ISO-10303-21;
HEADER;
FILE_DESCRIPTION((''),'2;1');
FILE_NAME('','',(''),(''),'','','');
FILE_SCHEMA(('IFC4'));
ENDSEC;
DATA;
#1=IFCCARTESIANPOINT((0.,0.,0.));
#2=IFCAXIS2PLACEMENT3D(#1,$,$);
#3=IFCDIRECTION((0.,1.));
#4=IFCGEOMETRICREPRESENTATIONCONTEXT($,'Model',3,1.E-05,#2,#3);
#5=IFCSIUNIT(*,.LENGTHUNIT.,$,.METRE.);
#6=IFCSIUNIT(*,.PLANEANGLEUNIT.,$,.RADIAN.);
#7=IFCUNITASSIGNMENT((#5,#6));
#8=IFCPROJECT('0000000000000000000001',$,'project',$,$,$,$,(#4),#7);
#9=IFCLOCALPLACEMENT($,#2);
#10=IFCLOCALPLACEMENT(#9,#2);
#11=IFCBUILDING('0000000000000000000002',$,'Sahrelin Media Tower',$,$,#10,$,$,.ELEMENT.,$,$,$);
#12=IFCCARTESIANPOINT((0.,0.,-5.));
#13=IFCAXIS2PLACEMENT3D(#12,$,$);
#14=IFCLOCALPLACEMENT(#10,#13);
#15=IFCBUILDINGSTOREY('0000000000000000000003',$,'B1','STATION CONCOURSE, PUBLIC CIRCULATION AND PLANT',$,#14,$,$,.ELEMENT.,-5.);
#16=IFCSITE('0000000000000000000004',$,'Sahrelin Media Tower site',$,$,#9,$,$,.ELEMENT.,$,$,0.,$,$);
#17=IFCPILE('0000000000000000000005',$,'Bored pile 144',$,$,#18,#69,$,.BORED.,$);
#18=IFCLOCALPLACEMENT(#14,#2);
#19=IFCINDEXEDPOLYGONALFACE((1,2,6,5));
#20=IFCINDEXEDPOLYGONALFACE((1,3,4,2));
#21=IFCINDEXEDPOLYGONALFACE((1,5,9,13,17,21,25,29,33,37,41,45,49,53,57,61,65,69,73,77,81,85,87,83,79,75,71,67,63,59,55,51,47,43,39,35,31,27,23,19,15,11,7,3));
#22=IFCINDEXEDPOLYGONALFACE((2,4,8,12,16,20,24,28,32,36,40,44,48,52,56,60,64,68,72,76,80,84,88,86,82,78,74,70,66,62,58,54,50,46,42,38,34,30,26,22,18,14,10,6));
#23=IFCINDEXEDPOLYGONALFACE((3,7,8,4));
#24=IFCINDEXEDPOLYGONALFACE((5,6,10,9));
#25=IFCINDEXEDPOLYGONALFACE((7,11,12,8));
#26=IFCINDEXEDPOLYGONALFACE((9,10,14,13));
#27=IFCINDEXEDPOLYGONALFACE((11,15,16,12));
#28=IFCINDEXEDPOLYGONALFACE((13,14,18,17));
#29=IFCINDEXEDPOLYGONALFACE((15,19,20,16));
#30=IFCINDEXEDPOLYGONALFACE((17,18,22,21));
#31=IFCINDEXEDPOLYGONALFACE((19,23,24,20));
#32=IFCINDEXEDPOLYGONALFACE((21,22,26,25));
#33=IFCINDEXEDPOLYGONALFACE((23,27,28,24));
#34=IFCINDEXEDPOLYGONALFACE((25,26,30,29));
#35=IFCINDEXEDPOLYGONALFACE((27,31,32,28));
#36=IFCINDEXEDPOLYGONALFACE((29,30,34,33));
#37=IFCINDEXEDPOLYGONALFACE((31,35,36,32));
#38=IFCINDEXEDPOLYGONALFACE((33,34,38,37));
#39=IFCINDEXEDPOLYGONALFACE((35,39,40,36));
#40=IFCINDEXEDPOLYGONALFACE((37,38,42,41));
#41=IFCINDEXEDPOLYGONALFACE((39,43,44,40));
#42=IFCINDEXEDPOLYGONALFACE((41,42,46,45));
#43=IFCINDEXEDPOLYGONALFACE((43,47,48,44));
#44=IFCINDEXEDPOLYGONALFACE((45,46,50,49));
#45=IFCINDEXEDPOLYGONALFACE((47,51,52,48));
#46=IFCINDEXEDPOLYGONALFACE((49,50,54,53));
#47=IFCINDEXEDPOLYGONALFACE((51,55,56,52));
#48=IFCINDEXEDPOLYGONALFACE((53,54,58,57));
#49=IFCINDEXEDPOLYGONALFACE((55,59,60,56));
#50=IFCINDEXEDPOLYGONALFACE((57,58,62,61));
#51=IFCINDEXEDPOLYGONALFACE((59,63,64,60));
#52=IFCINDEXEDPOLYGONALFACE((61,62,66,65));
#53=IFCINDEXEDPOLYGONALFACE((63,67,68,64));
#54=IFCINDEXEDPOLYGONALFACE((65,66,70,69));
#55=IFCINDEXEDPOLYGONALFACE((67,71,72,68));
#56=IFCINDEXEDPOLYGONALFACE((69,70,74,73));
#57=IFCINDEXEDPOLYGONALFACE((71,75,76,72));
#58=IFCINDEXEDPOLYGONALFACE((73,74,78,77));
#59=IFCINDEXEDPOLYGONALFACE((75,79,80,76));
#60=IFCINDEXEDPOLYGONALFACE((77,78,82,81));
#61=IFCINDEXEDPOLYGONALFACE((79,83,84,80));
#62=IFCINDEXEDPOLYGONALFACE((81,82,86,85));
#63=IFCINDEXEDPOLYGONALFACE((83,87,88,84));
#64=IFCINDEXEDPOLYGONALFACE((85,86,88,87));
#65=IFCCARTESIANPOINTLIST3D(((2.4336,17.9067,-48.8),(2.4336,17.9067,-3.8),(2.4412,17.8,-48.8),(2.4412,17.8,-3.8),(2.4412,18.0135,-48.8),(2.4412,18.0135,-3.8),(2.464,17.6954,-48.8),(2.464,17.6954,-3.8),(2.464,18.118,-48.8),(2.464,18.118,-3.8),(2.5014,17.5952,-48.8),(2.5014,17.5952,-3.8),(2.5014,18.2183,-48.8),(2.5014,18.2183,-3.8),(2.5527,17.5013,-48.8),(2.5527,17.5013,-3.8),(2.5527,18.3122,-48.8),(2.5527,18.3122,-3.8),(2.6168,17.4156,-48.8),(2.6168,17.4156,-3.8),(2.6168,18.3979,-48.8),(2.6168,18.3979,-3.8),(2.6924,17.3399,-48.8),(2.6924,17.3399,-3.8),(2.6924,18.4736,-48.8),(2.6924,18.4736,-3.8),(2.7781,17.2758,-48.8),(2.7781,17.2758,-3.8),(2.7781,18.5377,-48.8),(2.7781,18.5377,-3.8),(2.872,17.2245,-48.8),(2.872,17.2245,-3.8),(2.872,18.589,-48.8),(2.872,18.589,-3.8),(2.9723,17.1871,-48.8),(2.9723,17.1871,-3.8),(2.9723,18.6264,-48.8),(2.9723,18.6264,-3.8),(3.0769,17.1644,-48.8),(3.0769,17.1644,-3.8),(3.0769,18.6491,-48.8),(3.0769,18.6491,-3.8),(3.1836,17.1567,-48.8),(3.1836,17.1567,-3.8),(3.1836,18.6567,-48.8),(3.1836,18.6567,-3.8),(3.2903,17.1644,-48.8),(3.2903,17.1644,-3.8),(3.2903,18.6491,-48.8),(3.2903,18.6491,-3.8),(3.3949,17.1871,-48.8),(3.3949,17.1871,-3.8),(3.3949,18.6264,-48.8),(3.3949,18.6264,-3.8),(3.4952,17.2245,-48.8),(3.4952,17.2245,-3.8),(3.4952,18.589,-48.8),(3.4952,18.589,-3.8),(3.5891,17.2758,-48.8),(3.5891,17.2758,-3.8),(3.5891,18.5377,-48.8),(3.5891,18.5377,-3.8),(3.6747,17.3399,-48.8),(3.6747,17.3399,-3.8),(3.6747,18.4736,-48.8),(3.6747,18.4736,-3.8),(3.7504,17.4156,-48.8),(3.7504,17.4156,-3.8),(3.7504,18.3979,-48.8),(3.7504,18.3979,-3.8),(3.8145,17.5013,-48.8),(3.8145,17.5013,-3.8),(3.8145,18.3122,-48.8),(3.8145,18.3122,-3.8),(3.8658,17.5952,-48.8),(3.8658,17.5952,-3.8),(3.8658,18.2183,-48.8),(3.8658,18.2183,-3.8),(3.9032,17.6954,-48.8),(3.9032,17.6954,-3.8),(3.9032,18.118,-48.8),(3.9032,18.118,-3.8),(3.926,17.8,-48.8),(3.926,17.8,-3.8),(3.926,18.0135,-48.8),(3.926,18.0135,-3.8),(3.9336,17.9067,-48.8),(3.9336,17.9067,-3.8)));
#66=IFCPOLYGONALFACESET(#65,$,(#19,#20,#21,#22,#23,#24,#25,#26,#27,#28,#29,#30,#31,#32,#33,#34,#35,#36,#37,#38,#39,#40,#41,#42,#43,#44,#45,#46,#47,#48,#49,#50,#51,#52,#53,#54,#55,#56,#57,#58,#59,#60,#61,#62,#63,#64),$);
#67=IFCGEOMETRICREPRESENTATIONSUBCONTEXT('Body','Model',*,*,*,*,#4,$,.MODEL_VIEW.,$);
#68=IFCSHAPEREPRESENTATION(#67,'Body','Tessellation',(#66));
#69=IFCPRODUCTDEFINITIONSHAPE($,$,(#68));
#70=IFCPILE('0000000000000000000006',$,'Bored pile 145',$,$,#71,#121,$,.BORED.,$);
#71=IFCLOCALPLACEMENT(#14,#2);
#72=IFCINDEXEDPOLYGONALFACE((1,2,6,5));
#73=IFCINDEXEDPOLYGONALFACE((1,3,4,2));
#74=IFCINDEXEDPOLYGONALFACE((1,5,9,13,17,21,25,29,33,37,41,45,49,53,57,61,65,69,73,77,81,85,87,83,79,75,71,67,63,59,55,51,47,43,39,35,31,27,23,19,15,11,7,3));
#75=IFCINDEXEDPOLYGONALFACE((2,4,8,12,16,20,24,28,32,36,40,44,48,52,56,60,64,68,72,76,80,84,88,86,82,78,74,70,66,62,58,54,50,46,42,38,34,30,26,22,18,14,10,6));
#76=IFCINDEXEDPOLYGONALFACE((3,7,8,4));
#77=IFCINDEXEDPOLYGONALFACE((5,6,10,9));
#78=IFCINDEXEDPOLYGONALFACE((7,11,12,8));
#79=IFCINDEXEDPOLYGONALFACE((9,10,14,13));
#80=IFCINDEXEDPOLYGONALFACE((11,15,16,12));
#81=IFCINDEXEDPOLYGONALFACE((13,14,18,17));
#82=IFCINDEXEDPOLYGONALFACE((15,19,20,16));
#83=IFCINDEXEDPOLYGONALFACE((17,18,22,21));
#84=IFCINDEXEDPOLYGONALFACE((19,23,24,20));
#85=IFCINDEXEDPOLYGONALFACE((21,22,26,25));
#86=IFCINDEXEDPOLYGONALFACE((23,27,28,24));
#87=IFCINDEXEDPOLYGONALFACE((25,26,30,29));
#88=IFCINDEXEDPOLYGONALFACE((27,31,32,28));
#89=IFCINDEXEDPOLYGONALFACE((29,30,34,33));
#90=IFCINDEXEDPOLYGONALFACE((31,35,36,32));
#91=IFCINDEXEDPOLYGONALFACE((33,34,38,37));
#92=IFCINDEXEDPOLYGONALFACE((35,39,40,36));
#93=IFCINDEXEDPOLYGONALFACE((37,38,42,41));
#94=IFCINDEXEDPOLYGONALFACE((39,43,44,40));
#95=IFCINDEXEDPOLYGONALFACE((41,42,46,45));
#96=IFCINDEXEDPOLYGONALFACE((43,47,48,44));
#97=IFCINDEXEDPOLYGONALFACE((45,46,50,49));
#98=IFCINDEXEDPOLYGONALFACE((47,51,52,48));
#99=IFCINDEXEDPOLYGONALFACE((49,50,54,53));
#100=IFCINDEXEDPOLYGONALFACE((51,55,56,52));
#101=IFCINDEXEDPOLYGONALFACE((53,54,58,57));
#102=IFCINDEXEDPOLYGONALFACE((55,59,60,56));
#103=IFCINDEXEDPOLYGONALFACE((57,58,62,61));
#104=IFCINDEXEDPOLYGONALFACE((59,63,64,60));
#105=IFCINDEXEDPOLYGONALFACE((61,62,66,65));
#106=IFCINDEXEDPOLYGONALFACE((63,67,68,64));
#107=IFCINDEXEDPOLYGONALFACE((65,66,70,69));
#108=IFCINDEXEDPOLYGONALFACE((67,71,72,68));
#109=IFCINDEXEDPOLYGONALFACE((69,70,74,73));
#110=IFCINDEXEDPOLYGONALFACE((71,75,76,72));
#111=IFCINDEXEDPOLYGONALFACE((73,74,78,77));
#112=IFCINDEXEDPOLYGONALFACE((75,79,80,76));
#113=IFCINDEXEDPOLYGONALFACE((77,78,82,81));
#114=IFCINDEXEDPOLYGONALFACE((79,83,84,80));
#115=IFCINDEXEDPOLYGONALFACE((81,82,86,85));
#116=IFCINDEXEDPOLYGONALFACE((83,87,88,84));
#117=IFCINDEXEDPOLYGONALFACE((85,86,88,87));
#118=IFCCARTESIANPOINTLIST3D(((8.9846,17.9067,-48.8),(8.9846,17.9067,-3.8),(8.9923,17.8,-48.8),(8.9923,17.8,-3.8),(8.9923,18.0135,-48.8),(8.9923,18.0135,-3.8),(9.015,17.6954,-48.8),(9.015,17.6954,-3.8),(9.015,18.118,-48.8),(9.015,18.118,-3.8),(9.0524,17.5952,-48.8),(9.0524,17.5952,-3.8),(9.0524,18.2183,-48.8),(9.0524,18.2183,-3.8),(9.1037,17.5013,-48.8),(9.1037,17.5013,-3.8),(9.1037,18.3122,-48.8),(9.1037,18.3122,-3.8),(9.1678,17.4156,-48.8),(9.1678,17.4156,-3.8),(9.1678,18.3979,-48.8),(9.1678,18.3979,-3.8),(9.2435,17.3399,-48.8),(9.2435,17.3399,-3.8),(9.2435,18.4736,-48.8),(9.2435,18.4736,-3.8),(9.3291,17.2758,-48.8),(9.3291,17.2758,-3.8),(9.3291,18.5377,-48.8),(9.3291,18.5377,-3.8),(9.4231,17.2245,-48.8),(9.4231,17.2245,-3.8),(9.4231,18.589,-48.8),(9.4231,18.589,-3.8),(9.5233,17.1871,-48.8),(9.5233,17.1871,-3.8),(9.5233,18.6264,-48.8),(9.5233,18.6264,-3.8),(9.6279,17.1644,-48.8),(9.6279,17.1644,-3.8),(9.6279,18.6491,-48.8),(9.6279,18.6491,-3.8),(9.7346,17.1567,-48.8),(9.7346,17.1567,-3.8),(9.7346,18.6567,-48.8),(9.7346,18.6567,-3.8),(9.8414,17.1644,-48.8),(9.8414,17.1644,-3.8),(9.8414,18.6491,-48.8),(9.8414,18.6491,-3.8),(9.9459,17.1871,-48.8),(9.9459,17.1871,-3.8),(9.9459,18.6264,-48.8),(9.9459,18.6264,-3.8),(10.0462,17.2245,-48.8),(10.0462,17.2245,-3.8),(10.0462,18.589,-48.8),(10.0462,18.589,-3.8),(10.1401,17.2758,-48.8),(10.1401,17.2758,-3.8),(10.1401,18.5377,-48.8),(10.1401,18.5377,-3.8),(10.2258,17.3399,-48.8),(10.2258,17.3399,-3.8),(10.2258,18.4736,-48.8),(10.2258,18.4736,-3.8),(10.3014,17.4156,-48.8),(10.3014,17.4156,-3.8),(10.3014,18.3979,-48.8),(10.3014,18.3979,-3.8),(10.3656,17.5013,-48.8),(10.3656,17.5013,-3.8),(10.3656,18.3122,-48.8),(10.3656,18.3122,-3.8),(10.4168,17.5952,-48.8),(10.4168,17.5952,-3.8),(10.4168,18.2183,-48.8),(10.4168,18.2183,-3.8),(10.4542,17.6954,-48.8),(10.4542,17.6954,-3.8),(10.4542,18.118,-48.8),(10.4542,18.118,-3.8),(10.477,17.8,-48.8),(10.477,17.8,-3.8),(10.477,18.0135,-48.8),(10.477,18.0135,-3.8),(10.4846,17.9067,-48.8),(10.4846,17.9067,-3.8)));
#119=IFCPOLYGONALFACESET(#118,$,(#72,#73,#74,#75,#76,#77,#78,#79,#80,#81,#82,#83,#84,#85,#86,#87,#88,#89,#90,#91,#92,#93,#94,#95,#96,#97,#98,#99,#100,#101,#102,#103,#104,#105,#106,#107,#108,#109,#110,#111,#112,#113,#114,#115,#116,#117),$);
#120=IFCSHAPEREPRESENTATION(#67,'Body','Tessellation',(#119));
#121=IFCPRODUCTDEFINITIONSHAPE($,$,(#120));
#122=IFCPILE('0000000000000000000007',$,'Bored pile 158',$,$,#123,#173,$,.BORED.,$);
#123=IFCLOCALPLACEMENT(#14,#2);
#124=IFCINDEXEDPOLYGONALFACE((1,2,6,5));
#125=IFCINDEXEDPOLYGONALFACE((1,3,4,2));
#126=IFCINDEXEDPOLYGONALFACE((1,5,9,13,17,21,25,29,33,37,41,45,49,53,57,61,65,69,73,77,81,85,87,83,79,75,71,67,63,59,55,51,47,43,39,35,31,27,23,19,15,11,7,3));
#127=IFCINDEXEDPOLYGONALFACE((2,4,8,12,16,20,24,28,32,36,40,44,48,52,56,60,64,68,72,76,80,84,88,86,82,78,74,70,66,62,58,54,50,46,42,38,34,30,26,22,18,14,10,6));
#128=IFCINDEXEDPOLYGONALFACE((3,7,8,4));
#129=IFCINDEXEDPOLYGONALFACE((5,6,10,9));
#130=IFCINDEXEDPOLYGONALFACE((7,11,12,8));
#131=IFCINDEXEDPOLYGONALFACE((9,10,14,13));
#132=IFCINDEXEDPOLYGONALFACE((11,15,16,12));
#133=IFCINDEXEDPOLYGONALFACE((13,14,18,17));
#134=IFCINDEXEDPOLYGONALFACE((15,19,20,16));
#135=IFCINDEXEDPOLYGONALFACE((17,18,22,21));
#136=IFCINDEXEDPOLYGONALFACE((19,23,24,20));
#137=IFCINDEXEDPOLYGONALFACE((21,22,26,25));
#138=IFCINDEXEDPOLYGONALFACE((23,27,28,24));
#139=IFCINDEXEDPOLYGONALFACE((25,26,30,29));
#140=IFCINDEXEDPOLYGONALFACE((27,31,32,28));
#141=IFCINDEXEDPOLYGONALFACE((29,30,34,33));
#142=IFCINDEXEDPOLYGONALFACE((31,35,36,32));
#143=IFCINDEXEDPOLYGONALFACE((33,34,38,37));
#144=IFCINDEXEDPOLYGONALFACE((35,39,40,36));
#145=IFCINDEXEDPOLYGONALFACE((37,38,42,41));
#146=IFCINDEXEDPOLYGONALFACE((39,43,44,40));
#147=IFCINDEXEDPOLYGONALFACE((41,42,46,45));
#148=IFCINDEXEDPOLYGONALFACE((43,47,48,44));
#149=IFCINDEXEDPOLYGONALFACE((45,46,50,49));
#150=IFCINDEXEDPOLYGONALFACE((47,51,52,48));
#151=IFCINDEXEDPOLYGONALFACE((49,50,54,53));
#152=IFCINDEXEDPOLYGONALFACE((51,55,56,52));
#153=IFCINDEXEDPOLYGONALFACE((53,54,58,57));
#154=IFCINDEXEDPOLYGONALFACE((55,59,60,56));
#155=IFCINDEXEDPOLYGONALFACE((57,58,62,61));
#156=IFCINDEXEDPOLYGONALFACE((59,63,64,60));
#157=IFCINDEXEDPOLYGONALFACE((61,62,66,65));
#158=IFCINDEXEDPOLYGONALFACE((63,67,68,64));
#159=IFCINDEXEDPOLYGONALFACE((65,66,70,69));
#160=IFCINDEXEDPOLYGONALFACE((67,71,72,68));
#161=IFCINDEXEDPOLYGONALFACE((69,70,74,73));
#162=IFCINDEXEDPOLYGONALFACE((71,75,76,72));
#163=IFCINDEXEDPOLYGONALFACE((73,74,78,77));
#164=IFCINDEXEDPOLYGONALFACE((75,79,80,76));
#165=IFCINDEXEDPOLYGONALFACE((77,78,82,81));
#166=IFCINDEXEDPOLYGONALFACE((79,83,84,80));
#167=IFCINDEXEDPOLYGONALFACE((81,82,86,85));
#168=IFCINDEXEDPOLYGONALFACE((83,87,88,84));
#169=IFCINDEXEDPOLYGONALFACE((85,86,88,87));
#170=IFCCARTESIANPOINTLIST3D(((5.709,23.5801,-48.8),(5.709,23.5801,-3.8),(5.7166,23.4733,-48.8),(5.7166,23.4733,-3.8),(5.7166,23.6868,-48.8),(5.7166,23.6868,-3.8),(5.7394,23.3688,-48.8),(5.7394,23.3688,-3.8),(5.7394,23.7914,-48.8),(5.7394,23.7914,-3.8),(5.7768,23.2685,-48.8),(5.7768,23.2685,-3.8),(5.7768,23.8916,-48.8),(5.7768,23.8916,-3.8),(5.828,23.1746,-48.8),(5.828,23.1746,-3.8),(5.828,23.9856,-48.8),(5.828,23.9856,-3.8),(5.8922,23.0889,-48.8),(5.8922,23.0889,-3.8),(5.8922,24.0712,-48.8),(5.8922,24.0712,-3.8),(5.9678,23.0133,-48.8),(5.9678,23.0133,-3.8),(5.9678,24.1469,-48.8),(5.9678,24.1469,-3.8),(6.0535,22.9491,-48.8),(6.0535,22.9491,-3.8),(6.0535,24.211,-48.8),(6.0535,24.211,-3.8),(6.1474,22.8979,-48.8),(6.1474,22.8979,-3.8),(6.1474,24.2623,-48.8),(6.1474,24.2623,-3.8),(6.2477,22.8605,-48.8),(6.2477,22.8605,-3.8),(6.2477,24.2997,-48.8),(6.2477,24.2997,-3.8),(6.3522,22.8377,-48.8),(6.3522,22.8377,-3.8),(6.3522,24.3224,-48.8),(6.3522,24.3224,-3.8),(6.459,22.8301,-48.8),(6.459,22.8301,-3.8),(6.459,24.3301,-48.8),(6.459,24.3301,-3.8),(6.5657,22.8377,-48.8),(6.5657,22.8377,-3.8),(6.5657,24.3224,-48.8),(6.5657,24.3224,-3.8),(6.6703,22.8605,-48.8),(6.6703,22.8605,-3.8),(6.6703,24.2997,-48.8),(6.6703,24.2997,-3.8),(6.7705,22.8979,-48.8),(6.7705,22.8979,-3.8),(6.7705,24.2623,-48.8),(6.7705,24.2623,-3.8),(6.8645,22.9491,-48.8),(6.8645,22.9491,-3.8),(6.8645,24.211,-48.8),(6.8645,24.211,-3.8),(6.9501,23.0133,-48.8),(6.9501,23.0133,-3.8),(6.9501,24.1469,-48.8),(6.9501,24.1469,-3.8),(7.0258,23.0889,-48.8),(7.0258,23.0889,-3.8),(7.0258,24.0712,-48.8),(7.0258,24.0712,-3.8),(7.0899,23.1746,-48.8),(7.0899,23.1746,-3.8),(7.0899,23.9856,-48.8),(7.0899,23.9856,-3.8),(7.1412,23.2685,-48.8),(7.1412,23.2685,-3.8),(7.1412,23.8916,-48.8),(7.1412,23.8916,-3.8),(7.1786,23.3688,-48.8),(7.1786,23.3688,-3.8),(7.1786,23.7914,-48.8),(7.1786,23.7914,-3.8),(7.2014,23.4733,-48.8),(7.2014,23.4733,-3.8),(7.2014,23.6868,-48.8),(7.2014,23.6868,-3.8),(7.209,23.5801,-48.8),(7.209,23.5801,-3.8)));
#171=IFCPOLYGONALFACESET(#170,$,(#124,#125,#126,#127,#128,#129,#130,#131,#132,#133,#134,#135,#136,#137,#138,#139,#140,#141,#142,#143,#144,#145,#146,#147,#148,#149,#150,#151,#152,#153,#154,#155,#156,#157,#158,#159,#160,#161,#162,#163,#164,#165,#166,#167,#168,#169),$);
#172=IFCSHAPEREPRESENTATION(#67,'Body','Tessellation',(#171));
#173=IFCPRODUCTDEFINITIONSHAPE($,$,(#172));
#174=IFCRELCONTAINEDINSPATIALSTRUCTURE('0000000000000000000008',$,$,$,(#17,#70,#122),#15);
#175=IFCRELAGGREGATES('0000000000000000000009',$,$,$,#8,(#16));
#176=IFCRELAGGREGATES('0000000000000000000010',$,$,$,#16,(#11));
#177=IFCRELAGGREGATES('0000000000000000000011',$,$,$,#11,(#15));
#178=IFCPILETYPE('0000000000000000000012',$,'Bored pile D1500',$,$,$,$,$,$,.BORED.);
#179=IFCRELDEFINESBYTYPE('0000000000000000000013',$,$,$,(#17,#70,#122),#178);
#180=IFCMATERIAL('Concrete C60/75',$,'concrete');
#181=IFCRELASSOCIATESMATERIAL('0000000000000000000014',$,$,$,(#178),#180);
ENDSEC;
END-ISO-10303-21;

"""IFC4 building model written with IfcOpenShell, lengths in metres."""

from ifc_helpers import new_model, si_unit, direction, frame, origin, origin_2d, place, context, subcontext, project, spatial, circle, extrude, material, material_profile, profile_set, type_object, element, save


model = new_model("IFC4")

# Units and contexts
model_context = context("Model", 3, precision=1e-05, world=origin(), true_north=direction((0.0, 1.0)))
body_context = subcontext(model_context, "Body", "Model", "MODEL_VIEW")
ifc_project = project(units=[si_unit("LENGTHUNIT", "METRE"), si_unit("PLANEANGLEUNIT", "RADIAN")], contexts=[model_context])

# Site, building, storey
site_placement = place(None, origin())
site = spatial("IfcSite", under=ifc_project, at=site_placement, Name="Sahrelin Media Tower site", CompositionType="ELEMENT", RefElevation=0.0)
building_placement = place(site_placement, origin())
building = spatial("IfcBuilding", under=site, at=building_placement, Name="Sahrelin Media Tower", CompositionType="ELEMENT")
storey_placement = place(building_placement, frame((0.0, 0.0, -5.0)))
storey = spatial("IfcBuildingStorey", under=building, at=storey_placement, Name="B1", Description="STATION CONCOURSE, PUBLIC CIRCULATION AND PLANT", CompositionType="ELEMENT", Elevation=-5.0)

# Piles
ifc_material_1 = material(Name="Concrete C60/75", Category="concrete")
ifc_material_profile_1 = material_profile(ifc_material_1, circle(Radius=0.75, at=origin_2d()), Name="Bored pile D1500")
ifc_profile_set_1 = profile_set([ifc_material_profile_1], Name="Concrete C60/75")
pile_type = type_object("IfcPileType", Name="Bored pile D1500", PredefinedType="BORED", material=ifc_profile_set_1)
for number, where, z_axis, x_axis, name in (
    (1, (3.1836, 17.9067, -3.8), (0.0, 0.0, -1.0), (1.0, 0.0, 0.0), "Bored pile 144"),
    (2, (9.7346, 17.9067, -3.8), (0.0, 0.0, -1.0), (1.0, 0.0, 0.0), "Bored pile 145"),
    (3, (6.459, 23.5801, -3.8), (0.0, 0.0, -1.0), (1.0, 0.0, 0.0), "Bored pile 158"),
):
    element("IfcPile", number, at=place(storey_placement, frame(where, z_axis=z_axis, x_axis=x_axis)), inside=storey, type_object=pile_type, Name=name, PredefinedType="BORED", context=body_context, shape_type="SweptSolid", body=[
        extrude(circle(Radius=0.75, at=origin_2d()), origin(), (0.0, 0.0, 1.0), 45.0),
    ])

save(model, "model.ifc")
